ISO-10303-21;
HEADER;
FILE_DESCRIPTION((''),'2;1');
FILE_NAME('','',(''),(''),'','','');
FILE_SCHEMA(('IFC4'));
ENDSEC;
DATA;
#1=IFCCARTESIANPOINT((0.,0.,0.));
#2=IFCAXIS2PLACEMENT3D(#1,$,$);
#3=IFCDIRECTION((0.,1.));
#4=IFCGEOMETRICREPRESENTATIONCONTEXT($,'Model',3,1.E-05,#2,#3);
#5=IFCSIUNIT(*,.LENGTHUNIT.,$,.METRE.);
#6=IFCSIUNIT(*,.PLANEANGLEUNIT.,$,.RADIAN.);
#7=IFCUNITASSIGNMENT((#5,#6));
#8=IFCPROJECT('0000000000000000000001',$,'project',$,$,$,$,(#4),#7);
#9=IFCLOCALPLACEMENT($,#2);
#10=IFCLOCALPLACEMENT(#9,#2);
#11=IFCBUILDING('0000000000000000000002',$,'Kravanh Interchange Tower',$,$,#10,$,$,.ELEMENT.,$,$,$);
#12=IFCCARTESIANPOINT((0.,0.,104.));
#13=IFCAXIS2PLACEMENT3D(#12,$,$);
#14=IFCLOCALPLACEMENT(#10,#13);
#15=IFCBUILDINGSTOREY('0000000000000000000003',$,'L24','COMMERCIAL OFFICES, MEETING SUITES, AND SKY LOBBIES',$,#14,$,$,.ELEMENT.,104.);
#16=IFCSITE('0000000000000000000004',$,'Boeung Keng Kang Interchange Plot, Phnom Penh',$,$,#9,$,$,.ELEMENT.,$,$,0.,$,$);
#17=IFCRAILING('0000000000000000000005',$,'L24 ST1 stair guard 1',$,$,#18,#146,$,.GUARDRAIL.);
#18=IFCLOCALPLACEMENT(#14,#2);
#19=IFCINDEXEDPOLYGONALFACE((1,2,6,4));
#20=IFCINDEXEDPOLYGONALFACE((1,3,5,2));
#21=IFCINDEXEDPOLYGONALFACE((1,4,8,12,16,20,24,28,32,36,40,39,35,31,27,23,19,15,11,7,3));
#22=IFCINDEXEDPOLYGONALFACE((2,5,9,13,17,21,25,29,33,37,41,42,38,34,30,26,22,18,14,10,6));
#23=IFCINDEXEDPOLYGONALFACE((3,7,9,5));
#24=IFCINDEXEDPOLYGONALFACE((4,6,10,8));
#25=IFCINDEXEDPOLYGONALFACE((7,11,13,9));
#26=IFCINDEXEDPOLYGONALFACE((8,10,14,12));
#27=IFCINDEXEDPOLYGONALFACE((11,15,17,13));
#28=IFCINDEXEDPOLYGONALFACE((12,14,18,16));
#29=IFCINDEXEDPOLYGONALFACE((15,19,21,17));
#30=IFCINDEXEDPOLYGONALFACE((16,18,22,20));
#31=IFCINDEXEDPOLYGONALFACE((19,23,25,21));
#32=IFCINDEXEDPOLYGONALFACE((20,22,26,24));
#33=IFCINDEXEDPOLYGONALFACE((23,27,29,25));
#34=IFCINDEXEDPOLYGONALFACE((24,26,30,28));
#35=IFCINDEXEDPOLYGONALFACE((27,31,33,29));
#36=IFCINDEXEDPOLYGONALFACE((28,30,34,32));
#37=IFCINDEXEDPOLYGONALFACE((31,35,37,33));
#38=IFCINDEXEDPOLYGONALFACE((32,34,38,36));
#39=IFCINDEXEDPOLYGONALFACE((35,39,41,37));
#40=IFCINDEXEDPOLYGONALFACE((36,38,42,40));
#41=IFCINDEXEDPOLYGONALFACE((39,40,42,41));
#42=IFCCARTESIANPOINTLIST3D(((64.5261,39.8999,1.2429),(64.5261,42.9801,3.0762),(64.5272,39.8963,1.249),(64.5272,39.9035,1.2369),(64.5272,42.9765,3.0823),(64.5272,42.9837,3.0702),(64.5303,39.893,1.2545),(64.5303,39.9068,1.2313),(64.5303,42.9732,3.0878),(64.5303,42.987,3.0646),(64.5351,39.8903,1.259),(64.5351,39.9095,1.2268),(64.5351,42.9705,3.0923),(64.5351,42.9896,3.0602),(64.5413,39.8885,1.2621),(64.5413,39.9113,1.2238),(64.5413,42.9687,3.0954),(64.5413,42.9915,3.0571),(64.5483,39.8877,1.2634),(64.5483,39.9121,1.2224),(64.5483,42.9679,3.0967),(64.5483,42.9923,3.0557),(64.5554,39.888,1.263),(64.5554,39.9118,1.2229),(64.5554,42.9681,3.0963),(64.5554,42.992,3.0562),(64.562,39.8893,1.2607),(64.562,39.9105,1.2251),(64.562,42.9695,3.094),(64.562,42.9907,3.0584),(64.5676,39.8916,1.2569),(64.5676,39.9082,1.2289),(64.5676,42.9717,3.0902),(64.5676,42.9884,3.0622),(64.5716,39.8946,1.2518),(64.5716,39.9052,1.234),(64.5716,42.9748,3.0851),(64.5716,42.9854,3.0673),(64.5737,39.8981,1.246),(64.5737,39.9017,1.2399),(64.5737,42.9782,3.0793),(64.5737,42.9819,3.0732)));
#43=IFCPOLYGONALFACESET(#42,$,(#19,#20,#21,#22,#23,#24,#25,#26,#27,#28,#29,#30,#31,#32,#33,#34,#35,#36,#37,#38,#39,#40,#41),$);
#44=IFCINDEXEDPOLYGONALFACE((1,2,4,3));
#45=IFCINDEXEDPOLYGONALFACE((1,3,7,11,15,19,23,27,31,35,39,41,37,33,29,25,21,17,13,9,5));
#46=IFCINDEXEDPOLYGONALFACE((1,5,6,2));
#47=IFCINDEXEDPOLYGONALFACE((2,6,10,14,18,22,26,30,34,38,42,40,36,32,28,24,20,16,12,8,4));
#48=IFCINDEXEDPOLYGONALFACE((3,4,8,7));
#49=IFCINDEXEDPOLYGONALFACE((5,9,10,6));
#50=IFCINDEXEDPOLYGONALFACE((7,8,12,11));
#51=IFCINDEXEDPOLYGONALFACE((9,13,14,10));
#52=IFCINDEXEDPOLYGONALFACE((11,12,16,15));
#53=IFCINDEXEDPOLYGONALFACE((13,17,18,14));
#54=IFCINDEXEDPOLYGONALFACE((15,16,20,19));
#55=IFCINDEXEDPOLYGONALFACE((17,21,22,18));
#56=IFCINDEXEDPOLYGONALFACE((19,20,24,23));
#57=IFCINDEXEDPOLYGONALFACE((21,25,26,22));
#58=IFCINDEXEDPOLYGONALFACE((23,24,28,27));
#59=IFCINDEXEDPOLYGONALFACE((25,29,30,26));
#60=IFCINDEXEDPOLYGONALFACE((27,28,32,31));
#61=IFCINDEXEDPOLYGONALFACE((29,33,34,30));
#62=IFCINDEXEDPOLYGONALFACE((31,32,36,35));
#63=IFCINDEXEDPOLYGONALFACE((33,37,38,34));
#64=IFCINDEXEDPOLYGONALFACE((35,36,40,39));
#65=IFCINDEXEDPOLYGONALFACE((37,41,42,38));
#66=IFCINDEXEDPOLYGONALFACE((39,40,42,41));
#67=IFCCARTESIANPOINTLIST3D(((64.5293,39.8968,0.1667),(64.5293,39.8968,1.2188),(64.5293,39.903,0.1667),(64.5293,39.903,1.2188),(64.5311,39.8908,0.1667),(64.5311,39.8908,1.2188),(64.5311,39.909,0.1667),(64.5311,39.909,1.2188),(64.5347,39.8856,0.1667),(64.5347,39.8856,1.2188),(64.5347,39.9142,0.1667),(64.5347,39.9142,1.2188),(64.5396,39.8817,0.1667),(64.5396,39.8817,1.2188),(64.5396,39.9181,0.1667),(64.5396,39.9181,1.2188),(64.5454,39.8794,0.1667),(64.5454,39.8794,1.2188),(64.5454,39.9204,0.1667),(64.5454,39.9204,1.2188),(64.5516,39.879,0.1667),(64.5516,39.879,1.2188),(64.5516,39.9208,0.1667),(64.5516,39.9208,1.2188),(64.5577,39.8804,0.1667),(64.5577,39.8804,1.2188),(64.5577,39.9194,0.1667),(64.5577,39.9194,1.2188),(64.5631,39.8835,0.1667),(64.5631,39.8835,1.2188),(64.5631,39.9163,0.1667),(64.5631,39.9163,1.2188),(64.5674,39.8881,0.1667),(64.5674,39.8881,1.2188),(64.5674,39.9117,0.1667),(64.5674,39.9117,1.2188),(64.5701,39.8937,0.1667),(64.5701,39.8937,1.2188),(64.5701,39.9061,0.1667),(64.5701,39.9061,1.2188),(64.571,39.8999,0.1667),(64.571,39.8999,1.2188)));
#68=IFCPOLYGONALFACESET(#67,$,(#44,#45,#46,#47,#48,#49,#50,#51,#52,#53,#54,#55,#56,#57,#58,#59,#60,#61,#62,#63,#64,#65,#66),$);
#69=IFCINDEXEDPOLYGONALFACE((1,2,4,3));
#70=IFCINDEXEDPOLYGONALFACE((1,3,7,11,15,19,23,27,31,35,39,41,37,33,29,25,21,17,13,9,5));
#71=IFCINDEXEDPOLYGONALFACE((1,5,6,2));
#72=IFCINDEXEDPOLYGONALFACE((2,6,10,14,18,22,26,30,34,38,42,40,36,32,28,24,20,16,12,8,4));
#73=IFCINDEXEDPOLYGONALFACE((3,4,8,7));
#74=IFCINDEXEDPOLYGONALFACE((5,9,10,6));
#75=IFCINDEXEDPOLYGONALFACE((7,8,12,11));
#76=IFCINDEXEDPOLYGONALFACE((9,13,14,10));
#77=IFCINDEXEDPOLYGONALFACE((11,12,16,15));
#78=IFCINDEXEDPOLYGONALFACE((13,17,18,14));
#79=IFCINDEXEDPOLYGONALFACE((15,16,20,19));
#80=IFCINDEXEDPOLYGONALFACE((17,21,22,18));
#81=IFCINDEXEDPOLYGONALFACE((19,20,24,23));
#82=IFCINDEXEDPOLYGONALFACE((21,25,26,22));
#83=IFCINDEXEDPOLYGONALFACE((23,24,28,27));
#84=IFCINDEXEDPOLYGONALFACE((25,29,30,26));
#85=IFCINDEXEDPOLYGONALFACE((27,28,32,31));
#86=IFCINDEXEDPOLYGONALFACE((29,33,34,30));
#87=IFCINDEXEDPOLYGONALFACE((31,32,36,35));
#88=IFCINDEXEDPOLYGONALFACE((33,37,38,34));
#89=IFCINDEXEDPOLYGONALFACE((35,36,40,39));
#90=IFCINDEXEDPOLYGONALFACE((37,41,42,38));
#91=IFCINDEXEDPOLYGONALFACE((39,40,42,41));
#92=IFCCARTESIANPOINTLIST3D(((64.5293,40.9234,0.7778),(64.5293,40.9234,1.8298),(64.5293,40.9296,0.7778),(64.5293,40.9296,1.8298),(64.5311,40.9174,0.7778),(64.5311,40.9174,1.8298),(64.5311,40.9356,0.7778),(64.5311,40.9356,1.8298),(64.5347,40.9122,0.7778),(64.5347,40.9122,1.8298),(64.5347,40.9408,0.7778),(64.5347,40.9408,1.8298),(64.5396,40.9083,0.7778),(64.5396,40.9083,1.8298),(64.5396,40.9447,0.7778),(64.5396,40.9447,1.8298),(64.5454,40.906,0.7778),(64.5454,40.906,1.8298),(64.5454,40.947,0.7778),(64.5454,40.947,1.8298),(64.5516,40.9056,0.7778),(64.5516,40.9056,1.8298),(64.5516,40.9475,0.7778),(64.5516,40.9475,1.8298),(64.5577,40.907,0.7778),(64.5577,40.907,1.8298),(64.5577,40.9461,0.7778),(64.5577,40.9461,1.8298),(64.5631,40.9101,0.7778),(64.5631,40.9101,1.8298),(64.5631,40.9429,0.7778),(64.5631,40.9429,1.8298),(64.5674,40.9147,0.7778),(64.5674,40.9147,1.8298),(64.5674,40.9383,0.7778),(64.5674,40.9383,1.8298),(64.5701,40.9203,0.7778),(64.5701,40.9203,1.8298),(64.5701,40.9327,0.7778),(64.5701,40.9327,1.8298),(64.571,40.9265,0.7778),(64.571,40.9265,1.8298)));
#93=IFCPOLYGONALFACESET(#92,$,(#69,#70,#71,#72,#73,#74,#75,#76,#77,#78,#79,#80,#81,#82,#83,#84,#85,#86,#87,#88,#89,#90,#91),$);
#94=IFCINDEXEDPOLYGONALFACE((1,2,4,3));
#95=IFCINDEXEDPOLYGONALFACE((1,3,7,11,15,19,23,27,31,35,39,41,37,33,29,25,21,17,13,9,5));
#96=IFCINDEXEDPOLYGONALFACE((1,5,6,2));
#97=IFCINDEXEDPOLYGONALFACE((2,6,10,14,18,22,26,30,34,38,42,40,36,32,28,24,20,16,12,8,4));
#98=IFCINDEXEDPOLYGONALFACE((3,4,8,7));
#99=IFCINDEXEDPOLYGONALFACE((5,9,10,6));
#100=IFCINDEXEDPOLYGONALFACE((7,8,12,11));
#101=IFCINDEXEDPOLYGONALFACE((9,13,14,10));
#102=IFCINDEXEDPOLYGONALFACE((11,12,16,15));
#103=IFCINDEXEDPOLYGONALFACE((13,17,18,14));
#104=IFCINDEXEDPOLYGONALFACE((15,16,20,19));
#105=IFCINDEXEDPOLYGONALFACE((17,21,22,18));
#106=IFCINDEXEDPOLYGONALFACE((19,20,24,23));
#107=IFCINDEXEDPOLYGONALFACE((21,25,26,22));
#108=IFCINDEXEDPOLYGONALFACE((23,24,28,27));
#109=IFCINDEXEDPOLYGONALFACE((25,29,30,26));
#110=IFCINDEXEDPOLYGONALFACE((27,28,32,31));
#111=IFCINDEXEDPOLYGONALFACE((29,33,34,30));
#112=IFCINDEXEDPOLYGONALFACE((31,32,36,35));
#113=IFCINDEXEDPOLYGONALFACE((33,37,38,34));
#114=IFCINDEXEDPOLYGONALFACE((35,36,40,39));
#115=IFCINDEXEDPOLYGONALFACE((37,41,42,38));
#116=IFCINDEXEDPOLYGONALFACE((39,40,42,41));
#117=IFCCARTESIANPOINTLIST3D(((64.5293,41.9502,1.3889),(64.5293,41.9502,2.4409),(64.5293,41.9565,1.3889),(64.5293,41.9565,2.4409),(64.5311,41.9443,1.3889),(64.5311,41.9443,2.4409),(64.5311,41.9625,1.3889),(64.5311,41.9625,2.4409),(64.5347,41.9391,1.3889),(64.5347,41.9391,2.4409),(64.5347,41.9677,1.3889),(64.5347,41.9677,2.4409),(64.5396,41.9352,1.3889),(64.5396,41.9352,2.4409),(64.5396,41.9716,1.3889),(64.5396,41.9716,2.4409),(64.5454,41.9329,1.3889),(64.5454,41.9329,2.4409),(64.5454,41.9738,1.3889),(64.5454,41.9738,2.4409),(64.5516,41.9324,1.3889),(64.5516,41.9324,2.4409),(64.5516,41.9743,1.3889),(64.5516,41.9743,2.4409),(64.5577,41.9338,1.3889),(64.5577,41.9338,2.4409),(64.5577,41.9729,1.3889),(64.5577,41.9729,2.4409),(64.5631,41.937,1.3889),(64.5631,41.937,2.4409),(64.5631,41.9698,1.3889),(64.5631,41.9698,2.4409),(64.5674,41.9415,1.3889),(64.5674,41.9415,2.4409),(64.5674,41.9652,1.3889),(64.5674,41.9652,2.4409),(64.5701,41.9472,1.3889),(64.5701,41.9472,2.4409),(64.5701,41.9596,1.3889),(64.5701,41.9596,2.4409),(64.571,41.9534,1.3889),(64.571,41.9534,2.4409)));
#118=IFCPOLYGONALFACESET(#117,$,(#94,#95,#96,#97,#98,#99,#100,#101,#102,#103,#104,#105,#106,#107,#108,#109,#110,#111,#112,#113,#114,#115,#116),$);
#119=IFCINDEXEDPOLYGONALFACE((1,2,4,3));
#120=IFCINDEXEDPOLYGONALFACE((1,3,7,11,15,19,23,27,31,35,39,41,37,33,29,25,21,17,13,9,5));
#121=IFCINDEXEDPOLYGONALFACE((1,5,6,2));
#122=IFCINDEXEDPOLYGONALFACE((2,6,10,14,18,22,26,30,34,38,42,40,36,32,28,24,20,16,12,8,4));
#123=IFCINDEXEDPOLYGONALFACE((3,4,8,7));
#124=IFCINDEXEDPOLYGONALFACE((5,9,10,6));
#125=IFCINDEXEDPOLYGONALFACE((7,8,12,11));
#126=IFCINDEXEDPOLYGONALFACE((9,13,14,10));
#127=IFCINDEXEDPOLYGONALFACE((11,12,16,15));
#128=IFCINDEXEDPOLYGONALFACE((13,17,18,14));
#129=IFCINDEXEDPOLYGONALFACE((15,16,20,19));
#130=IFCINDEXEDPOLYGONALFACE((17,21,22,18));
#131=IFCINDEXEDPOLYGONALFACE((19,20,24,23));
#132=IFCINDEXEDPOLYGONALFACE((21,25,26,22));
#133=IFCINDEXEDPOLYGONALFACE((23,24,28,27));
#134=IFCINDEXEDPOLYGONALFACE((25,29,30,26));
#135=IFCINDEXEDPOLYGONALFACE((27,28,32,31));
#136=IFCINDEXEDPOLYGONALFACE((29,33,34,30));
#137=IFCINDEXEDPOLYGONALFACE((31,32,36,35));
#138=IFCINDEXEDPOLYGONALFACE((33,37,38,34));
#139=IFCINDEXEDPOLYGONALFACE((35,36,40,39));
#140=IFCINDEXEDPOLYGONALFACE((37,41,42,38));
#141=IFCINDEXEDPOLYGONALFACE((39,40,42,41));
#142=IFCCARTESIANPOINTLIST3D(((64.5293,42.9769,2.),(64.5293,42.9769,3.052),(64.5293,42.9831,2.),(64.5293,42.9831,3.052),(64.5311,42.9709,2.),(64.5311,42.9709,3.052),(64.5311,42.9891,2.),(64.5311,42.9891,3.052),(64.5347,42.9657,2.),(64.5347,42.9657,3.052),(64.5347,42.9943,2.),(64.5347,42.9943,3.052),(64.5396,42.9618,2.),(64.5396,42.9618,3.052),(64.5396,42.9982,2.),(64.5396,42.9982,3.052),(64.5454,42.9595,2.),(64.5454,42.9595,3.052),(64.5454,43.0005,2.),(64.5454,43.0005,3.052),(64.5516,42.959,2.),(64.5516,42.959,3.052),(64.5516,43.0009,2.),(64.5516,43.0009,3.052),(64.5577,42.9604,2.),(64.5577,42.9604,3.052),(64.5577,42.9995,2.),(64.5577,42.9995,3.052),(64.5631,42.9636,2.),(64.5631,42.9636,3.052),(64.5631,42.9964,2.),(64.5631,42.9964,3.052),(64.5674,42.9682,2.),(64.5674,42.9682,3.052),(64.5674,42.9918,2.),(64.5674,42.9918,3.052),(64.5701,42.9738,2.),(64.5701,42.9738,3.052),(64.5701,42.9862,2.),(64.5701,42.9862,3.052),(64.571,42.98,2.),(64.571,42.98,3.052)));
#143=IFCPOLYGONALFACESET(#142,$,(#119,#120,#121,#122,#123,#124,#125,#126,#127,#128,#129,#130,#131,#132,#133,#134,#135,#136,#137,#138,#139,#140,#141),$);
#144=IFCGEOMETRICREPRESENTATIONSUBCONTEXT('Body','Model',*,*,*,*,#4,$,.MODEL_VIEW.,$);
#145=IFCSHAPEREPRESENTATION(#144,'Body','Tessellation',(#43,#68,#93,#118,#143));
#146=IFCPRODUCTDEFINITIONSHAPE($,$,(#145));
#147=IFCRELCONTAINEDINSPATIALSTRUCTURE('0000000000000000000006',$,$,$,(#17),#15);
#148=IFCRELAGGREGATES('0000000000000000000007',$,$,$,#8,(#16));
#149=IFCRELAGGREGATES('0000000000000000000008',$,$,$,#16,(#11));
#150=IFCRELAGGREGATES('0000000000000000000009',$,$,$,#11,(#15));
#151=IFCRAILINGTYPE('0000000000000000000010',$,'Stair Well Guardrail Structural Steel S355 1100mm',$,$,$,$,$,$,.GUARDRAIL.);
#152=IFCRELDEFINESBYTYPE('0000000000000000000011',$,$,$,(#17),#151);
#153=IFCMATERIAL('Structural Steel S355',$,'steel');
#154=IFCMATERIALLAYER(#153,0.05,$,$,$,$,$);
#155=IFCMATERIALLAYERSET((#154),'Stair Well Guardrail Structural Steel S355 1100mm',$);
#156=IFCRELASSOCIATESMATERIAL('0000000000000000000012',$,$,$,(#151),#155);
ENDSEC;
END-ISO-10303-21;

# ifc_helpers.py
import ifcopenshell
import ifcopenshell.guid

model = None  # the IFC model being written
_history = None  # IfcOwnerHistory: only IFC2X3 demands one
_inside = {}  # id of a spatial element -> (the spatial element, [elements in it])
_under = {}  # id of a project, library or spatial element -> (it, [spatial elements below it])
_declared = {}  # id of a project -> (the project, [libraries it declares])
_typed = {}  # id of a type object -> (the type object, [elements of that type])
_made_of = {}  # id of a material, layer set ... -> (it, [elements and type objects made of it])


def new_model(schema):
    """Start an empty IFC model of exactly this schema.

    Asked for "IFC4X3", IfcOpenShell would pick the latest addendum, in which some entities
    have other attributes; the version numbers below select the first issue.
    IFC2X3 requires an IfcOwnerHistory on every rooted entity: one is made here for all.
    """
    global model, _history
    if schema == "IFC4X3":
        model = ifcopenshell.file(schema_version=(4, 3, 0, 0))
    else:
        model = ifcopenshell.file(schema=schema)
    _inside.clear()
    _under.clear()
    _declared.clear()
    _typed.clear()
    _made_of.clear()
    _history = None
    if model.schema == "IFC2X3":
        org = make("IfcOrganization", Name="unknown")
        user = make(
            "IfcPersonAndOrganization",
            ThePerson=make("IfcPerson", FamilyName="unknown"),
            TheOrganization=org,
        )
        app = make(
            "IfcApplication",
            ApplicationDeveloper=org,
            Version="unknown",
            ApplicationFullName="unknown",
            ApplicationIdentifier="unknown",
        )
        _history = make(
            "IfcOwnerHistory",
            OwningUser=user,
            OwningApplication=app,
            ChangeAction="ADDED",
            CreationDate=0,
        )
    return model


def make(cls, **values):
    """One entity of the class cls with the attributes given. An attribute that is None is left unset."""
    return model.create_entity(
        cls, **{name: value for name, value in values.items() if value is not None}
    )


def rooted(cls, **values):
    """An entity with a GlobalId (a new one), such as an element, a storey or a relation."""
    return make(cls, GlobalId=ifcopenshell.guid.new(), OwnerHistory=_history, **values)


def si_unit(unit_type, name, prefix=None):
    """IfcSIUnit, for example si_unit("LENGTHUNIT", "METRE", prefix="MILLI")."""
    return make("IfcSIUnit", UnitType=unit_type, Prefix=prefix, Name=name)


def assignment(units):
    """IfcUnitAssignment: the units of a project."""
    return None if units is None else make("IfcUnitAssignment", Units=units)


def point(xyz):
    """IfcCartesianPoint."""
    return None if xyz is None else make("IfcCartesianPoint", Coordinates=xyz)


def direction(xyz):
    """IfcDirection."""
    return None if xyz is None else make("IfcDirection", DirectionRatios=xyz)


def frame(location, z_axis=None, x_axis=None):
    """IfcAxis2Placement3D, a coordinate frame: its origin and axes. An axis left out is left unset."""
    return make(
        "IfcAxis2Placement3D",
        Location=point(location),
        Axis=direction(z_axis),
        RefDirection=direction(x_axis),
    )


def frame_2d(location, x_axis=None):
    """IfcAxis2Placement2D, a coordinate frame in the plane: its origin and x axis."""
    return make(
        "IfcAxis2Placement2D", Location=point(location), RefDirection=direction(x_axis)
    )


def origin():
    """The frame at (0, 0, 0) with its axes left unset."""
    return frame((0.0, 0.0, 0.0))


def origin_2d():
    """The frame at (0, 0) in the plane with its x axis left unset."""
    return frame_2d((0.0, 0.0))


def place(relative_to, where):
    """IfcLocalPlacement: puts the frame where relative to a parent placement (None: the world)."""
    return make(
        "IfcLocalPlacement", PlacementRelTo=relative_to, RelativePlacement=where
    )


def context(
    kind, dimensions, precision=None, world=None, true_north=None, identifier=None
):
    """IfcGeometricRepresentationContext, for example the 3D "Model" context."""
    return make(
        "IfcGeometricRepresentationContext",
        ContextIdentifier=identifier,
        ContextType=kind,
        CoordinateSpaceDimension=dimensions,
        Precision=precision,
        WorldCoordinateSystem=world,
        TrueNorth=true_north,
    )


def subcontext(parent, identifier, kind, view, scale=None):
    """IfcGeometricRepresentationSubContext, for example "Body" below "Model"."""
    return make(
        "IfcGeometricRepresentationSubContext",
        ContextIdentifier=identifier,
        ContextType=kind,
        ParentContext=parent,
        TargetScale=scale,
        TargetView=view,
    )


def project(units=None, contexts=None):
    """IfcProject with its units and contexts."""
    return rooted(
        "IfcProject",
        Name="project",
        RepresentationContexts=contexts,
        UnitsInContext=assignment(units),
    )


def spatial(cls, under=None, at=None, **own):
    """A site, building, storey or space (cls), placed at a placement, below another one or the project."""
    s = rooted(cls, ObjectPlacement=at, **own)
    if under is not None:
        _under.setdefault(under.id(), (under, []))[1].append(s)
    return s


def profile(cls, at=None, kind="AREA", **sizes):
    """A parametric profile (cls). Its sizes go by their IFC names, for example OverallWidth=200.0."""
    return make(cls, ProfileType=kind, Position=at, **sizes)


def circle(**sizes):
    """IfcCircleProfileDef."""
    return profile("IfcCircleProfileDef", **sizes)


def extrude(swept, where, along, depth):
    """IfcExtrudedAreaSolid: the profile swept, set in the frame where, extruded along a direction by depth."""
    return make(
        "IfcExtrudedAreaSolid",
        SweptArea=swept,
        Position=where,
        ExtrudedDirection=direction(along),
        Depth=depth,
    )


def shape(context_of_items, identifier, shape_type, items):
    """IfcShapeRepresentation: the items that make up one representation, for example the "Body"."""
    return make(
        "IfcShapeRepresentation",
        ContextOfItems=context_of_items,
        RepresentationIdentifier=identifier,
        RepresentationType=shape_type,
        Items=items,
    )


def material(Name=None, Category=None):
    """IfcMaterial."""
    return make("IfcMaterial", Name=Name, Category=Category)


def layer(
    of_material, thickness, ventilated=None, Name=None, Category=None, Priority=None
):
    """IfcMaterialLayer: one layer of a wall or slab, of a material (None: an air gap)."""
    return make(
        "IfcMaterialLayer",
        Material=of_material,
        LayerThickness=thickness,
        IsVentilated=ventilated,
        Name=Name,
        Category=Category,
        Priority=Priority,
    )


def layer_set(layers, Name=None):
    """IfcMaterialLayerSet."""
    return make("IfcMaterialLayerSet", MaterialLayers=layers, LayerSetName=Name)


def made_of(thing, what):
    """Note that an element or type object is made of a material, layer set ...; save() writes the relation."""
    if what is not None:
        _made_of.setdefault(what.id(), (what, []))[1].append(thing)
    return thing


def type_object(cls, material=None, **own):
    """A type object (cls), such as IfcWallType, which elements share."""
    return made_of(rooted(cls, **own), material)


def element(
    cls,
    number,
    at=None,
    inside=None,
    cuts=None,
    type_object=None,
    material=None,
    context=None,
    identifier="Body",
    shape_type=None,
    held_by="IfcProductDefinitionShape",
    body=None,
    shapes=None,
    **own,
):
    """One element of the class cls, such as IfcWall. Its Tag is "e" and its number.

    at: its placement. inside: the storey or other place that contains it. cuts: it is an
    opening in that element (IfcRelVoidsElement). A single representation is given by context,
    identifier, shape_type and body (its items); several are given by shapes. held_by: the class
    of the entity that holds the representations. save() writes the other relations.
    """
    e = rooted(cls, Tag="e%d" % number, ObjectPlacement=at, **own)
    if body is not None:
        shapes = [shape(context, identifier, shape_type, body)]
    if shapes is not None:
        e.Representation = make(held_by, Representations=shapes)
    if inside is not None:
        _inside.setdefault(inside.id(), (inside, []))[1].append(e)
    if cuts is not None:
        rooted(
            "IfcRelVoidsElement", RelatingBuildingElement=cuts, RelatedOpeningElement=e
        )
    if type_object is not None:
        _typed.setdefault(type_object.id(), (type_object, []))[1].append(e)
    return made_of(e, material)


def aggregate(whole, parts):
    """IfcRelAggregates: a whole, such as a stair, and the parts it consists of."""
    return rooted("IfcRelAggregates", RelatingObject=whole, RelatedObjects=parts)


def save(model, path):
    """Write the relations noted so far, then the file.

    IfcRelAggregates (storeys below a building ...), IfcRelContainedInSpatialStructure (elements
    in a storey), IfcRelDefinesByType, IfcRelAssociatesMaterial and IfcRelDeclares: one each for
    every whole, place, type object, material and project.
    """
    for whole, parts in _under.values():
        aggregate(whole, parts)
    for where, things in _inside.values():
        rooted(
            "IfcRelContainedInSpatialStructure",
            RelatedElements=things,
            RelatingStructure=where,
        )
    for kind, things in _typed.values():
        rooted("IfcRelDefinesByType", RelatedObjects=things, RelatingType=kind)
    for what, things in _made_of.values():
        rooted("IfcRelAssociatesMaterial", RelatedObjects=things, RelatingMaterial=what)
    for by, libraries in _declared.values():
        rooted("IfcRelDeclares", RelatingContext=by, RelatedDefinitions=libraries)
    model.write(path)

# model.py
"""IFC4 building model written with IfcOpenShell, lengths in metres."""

from ifc_helpers import new_model, si_unit, direction, frame, origin, origin_2d, place, context, subcontext, project, spatial, circle, extrude, material, layer, layer_set, type_object, element, save


model = new_model("IFC4")

# Units and contexts
model_context = context("Model", 3, precision=1e-05, world=origin(), true_north=direction((0.0, 1.0)))
body_context = subcontext(model_context, "Body", "Model", "MODEL_VIEW")
ifc_project = project(units=[si_unit("LENGTHUNIT", "METRE"), si_unit("PLANEANGLEUNIT", "RADIAN")], contexts=[model_context])

# Site, building, storey
site_placement = place(None, origin())
site = spatial("IfcSite", under=ifc_project, at=site_placement, Name="Boeung Keng Kang Interchange Plot, Phnom Penh", CompositionType="ELEMENT", RefElevation=0.0)
building_placement = place(site_placement, origin())
building = spatial("IfcBuilding", under=site, at=building_placement, Name="Kravanh Interchange Tower", CompositionType="ELEMENT")
storey_placement = place(building_placement, frame((0.0, 0.0, 104.0)))
storey = spatial("IfcBuildingStorey", under=building, at=storey_placement, Name="L24", Description="COMMERCIAL OFFICES, MEETING SUITES, AND SKY LOBBIES", CompositionType="ELEMENT", Elevation=104.0)

# Railing
ifc_material_1 = material(Name="Structural Steel S355", Category="steel")
ifc_layer_1 = layer(ifc_material_1, 0.05)
ifc_layer_set_1 = layer_set([ifc_layer_1], Name="Stair Well Guardrail Structural Steel S355 1100mm")
railing_type_1 = type_object("IfcRailingType", Name="Stair Well Guardrail Structural Steel S355 1100mm", PredefinedType="GUARDRAIL", material=ifc_layer_set_1)
railing_1_placement = place(storey_placement, frame((64.55, 39.8999, 0.1667)))
element("IfcRailing", 1, at=railing_1_placement, inside=storey, type_object=railing_type_1, Name="L24 ST1 stair guard 1", PredefinedType="GUARDRAIL", context=body_context, shape_type="SweptSolid", body=[
    extrude(circle(Radius=0.0239, at=origin_2d()), frame((0.0, 0.0, 1.0762), z_axis=(0.0, 0.859309, 0.511458), x_axis=(-1.0, 0.0, 0.0)), (0.0, 0.0, 1.0), 3.5845),
    extrude(circle(Radius=0.021, at=origin_2d()), origin(), (0.0, 0.0, 1.0), 1.052),
    extrude(circle(Radius=0.021, at=origin_2d()), frame((0.0, 1.0266, 0.6111)), (0.0, 0.0, 1.0), 1.052),
    extrude(circle(Radius=0.021, at=origin_2d()), frame((0.0, 2.0535, 1.2222)), (0.0, 0.0, 1.0), 1.052),
    extrude(circle(Radius=0.021, at=origin_2d()), frame((0.0, 3.0801, 1.8333)), (0.0, 0.0, 1.0), 1.052),
])

save(model, "model.ifc")
